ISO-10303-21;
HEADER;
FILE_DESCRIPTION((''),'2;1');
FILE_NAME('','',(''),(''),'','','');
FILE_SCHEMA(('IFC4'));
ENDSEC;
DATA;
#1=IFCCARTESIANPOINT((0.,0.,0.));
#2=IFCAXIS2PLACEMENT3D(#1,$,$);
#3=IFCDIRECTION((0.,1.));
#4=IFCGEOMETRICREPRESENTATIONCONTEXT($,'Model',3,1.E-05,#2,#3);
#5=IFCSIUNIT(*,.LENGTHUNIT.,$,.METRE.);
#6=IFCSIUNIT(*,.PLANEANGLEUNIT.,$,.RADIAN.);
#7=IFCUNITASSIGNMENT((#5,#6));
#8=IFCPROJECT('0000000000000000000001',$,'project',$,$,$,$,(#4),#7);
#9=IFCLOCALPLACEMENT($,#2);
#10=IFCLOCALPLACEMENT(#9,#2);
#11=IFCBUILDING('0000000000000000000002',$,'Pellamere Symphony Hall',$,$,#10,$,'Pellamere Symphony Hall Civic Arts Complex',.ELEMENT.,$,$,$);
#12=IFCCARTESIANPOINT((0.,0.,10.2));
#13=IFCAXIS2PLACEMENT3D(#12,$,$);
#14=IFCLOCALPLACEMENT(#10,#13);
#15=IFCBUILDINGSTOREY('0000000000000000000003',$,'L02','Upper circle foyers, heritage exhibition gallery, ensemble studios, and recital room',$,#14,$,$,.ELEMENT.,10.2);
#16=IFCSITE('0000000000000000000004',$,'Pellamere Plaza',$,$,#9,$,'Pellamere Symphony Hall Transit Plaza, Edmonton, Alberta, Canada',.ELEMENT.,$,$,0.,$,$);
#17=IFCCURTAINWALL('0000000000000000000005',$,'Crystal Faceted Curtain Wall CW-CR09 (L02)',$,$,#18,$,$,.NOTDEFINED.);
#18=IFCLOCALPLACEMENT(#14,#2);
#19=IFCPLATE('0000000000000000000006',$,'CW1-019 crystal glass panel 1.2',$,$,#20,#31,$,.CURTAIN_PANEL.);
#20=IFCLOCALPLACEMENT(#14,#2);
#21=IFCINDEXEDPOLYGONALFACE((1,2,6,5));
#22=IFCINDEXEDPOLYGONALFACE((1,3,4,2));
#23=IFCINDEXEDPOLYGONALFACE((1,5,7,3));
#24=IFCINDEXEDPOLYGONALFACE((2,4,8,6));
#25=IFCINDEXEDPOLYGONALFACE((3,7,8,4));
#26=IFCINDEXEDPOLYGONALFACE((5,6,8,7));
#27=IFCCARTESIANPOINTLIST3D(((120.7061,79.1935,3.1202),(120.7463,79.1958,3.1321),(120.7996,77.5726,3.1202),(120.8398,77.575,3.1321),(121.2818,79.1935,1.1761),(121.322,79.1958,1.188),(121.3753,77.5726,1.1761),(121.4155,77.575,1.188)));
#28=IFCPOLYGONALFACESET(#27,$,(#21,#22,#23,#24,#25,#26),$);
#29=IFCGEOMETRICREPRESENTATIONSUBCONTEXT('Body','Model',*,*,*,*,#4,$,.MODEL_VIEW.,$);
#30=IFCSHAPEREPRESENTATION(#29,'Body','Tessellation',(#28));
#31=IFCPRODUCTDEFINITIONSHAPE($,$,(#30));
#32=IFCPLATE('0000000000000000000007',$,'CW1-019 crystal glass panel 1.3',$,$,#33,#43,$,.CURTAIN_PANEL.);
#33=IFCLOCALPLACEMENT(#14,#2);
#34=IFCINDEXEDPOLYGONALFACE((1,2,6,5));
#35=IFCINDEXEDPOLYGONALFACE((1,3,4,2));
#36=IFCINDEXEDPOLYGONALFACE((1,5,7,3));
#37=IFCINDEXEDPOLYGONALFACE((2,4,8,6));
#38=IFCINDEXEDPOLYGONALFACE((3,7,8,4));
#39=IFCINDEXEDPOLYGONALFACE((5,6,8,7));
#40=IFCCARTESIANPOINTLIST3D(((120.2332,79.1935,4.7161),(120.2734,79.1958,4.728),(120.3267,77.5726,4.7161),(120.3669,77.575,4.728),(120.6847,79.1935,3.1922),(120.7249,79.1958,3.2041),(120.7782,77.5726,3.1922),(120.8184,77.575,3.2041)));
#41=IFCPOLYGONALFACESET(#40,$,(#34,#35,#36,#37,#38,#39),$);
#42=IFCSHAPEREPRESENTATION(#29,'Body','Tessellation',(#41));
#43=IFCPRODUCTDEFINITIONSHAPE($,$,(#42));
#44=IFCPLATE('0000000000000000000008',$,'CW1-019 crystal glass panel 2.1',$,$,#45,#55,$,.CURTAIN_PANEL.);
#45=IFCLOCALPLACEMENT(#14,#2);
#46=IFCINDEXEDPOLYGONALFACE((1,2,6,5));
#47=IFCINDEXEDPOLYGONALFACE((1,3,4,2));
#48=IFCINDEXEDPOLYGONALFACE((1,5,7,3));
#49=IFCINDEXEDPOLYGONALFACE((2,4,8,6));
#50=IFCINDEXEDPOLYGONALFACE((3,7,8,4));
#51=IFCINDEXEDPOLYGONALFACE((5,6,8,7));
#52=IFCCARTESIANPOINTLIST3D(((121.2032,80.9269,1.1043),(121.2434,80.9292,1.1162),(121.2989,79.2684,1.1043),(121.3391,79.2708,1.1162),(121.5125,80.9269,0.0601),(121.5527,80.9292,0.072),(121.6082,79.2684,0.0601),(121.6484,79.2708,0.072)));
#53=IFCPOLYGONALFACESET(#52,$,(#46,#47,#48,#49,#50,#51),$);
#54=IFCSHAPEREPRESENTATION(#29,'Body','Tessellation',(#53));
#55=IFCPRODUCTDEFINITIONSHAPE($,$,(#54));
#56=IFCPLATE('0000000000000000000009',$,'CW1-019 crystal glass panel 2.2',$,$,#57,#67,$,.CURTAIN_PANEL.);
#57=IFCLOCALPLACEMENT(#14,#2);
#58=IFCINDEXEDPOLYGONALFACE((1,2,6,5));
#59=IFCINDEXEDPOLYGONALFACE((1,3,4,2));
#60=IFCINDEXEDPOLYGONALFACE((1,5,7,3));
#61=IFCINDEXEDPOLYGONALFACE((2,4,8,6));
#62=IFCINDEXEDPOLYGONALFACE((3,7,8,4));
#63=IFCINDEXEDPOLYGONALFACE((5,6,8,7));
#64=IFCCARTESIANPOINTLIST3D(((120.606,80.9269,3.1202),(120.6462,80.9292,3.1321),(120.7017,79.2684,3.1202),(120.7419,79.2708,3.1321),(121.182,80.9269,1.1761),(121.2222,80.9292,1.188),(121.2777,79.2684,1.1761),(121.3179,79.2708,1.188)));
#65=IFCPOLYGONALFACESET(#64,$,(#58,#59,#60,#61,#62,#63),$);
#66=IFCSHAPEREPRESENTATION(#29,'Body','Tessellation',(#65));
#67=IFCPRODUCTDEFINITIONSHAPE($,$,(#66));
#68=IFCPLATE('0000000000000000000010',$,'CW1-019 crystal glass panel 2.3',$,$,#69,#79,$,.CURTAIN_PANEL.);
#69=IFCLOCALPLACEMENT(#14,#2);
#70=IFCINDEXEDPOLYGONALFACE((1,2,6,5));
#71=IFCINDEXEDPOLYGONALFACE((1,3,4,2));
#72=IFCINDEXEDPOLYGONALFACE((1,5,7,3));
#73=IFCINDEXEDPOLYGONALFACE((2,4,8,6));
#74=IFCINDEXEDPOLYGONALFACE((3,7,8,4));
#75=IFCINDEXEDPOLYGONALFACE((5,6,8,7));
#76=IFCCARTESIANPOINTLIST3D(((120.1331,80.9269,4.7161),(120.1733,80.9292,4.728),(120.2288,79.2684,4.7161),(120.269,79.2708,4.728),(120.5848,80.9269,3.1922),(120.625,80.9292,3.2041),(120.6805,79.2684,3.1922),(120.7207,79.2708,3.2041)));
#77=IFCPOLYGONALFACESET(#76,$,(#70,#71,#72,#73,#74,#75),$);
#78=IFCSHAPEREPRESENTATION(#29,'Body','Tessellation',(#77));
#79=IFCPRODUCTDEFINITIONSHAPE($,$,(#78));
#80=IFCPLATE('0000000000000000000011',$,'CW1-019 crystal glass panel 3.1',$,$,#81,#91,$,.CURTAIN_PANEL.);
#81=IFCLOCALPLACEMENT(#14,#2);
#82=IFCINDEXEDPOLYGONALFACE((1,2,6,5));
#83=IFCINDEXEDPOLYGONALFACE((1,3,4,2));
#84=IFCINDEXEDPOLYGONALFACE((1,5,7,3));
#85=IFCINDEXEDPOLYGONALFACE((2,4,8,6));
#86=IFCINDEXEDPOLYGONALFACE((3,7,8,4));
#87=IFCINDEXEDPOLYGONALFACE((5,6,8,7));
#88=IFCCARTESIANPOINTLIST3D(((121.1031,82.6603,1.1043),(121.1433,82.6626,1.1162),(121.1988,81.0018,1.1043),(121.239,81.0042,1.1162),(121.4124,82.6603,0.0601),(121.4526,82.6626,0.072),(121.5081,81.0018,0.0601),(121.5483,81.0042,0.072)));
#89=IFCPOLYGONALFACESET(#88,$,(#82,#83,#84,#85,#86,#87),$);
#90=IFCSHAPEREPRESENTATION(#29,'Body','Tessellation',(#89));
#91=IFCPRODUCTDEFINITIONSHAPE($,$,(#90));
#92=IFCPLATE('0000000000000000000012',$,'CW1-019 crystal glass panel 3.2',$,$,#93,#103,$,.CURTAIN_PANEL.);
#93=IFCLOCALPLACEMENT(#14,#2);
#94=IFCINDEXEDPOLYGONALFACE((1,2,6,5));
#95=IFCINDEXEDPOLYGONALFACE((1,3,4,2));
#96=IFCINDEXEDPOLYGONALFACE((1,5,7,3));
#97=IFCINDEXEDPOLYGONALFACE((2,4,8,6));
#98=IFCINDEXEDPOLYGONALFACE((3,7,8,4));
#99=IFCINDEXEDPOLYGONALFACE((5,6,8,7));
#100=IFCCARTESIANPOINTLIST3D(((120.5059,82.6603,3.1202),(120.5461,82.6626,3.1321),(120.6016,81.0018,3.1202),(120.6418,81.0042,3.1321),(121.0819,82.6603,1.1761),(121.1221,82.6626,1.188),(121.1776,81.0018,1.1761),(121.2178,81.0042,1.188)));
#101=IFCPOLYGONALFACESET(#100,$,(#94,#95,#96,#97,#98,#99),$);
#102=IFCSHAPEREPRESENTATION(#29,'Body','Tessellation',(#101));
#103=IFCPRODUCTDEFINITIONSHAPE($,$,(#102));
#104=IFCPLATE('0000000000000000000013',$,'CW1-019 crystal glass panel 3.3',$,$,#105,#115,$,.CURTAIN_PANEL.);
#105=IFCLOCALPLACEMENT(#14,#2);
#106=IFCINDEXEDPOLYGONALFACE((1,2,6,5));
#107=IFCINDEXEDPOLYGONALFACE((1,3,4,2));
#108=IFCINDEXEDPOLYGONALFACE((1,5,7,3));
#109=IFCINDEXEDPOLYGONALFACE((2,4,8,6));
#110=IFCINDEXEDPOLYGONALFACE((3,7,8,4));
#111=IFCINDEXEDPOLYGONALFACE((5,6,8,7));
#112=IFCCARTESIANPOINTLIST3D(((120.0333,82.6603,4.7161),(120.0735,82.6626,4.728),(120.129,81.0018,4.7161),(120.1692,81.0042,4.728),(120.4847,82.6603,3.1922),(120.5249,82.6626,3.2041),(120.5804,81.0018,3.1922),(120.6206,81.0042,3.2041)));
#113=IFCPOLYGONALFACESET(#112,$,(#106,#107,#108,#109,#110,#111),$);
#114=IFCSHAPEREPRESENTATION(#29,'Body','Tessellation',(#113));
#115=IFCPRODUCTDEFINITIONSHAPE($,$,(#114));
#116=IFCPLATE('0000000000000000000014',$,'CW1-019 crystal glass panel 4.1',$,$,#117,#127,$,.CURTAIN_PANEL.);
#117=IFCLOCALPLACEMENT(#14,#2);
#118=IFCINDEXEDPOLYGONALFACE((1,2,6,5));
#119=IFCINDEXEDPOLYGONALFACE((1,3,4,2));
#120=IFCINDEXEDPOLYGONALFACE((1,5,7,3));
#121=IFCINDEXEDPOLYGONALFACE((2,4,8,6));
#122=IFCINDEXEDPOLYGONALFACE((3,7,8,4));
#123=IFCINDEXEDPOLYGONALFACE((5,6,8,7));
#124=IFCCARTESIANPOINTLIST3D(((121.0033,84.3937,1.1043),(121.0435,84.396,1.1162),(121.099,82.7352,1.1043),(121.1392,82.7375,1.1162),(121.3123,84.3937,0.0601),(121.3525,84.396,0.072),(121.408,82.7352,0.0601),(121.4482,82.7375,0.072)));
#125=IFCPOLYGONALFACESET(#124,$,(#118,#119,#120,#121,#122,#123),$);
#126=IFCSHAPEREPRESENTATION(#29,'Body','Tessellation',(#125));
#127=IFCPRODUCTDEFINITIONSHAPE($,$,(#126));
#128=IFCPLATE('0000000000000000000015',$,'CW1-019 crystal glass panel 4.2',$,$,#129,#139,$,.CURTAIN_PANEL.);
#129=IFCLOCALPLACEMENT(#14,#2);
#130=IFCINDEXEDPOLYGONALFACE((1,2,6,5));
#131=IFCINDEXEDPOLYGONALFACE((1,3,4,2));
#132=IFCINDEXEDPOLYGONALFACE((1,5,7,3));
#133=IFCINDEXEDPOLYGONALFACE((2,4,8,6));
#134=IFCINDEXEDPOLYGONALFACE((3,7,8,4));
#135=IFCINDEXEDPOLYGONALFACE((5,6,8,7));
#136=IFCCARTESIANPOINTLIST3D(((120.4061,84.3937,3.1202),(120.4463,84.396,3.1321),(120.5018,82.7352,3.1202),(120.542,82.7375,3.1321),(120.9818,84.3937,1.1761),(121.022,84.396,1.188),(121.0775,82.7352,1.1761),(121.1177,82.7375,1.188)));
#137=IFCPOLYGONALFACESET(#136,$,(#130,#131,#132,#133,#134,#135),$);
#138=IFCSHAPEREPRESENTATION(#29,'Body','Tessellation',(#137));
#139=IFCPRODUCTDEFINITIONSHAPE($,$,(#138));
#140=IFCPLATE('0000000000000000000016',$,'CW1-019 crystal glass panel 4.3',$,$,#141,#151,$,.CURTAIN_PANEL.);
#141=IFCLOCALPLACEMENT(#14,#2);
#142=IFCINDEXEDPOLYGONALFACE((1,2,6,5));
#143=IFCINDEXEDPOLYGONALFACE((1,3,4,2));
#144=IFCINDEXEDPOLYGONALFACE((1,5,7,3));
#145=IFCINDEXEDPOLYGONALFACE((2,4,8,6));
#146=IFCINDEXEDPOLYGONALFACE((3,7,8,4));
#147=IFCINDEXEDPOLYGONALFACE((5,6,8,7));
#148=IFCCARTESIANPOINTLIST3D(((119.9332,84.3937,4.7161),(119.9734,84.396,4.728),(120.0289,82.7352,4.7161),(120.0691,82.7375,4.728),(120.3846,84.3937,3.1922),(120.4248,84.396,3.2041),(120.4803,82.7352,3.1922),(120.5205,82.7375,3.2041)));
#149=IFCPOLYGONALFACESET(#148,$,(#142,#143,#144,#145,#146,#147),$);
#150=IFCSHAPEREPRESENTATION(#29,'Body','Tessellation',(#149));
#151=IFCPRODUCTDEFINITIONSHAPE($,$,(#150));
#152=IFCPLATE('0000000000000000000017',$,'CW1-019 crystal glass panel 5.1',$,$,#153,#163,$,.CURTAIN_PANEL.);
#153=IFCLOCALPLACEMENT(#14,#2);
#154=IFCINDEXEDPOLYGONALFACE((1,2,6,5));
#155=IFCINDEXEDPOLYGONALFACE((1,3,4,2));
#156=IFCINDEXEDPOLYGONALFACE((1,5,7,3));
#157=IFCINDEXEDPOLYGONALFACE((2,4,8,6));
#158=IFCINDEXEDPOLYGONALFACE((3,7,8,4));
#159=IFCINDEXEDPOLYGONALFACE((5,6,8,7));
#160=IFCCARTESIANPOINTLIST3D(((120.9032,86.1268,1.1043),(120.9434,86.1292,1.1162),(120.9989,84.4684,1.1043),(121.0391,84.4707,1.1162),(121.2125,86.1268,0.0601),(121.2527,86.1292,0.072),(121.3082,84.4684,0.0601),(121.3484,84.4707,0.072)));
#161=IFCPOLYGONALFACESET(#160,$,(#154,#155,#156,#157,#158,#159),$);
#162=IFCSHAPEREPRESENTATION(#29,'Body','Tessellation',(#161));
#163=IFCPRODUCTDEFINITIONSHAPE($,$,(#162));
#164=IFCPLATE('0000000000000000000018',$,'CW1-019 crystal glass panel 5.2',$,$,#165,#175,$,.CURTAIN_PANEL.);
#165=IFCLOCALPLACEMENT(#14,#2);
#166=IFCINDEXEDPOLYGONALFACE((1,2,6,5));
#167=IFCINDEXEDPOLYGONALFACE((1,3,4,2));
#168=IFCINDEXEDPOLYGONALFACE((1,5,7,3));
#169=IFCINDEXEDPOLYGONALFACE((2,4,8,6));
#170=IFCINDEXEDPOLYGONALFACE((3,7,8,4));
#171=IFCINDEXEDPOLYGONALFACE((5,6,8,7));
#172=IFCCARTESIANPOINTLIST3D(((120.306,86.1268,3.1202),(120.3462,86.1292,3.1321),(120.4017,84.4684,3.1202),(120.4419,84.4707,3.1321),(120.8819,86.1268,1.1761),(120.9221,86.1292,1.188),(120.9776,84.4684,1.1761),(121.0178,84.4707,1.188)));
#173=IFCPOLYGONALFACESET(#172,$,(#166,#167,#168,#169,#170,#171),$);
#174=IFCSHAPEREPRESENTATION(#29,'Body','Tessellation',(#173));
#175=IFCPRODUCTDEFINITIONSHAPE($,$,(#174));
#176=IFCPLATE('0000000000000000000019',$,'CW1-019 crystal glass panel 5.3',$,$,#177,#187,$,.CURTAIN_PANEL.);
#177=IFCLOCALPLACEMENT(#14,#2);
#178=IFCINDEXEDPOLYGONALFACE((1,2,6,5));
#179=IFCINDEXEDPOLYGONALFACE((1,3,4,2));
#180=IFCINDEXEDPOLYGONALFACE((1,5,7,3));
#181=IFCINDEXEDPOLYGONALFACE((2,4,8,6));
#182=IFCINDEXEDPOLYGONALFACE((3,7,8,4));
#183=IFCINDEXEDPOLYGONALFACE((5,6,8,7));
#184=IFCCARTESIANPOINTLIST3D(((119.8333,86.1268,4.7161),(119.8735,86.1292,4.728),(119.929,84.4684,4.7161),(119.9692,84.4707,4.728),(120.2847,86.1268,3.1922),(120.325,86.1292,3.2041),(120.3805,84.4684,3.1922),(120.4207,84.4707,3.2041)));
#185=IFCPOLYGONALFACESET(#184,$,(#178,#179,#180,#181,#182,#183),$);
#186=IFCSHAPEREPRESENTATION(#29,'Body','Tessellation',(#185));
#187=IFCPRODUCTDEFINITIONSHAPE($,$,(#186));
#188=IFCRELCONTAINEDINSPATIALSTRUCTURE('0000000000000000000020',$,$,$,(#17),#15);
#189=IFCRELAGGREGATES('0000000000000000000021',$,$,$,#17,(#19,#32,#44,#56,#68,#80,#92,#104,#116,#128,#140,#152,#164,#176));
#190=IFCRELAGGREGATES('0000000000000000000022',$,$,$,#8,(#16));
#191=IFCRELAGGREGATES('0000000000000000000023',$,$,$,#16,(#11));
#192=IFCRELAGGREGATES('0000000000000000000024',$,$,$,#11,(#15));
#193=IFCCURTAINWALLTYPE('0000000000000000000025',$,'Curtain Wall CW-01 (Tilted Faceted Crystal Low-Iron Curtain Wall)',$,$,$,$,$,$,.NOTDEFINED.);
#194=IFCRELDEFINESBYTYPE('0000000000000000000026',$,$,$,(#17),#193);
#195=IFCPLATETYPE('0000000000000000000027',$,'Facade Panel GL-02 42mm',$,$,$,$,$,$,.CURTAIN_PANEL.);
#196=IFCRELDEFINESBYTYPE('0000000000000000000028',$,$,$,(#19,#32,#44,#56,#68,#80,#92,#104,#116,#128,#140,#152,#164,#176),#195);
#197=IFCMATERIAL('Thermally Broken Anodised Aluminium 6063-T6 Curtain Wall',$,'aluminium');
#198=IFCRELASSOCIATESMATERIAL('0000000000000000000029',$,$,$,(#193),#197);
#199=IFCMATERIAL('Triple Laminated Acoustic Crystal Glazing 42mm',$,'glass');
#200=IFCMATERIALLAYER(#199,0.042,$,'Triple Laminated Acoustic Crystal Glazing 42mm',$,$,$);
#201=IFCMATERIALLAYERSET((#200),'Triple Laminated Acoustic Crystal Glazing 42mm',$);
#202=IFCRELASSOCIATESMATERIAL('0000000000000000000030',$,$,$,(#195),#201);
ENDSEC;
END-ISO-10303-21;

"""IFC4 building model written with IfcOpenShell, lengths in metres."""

from ifc_helpers import new_model, si_unit, direction, frame, origin, place, context, subcontext, project, spatial, polyline, outline, extrude, material, layer, layer_set, type_object, element, aggregate, save


model = new_model("IFC4")

# Units and contexts
model_context = context("Model", 3, precision=1e-05, world=origin(), true_north=direction((0.0, 1.0)))
body_context = subcontext(model_context, "Body", "Model", "MODEL_VIEW")
ifc_project = project(units=[si_unit("LENGTHUNIT", "METRE"), si_unit("PLANEANGLEUNIT", "RADIAN")], contexts=[model_context])

# Site, building, storey
site_placement = place(None, origin())
site = spatial("IfcSite", under=ifc_project, at=site_placement, Name="Pellamere Plaza", LongName="Pellamere Symphony Hall Transit Plaza, Edmonton, Alberta, Canada", CompositionType="ELEMENT", RefElevation=0.0)
building_placement = place(site_placement, origin())
building = spatial("IfcBuilding", under=site, at=building_placement, Name="Pellamere Symphony Hall", LongName="Pellamere Symphony Hall Civic Arts Complex", CompositionType="ELEMENT")
storey_placement = place(building_placement, frame((0.0, 0.0, 10.2)))
storey = spatial("IfcBuildingStorey", under=building, at=storey_placement, Name="L02", Description="Upper circle foyers, heritage exhibition gallery, ensemble studios, and recital room", CompositionType="ELEMENT", Elevation=10.2)

# Curtain wall, plates
ifc_material_1 = material(Name="Thermally Broken Anodised Aluminium 6063-T6 Curtain Wall", Category="aluminium")
curtain_wall_type = type_object("IfcCurtainWallType", Name="Curtain Wall CW-01 (Tilted Faceted Crystal Low-Iron Curtain Wall)", PredefinedType="NOTDEFINED", material=ifc_material_1)
curtain_wall_placement = place(storey_placement, origin())
curtain_wall = element("IfcCurtainWall", 1, at=curtain_wall_placement, inside=storey, type_object=curtain_wall_type, Name="Crystal Faceted Curtain Wall CW-CR09 (L02)", PredefinedType="NOTDEFINED")
ifc_material_2 = material(Name="Triple Laminated Acoustic Crystal Glazing 42mm", Category="glass")
ifc_layer_1 = layer(ifc_material_2, 0.042, Name="Triple Laminated Acoustic Crystal Glazing 42mm")
ifc_layer_set_1 = layer_set([ifc_layer_1], Name="Triple Laminated Acoustic Crystal Glazing 42mm")
plate_type_1 = type_object("IfcPlateType", Name="Facade Panel GL-02 42mm", PredefinedType="CURTAIN_PANEL", material=ifc_layer_set_1)
plate_1_placement = place(storey_placement, frame((121.4155, 77.575, 1.188), z_axis=(0.957381, 0.055231, 0.283499), x_axis=(-0.057594, 0.99834, 0.0)))
plate_1 = element("IfcPlate", 2, at=plate_1_placement, type_object=plate_type_1, Name="CW1-019 crystal glass panel 1.2", PredefinedType="CURTAIN_PANEL", context=body_context, shape_type="SweptSolid", body=[
    extrude(outline(polyline([(0.0, 0.0), (1.6235, 0.0), (1.6567, 2.0273), (0.0332, 2.0273), (0.0, 0.0)])), origin(), (0.0, 0.0, -1.0), 0.042),
])
plate_2_placement = place(storey_placement, frame((120.8184, 77.575, 3.2041), z_axis=(0.957355, 0.055229, 0.283587), x_axis=(-0.057594, 0.99834, 0.0)))
plate_2 = element("IfcPlate", 3, at=plate_2_placement, type_object=plate_type_1, Name="CW1-019 crystal glass panel 1.3", PredefinedType="CURTAIN_PANEL", context=body_context, shape_type="SweptSolid", body=[
    extrude(outline(polyline([(0.0, 0.0), (1.6235, 0.0), (1.6495, 1.5892), (0.026, 1.5892), (0.0, 0.0)])), origin(), (0.0, 0.0, -1.0), 0.042),
])
plate_3_placement = place(storey_placement, frame((121.6484, 79.2708, 0.072), z_axis=(0.95735, 0.055245, 0.283601), x_axis=(-0.057611, 0.998339, 0.0)))
plate_3 = element("IfcPlate", 4, at=plate_3_placement, type_object=plate_type_1, Name="CW1-019 crystal glass panel 2.1", PredefinedType="CURTAIN_PANEL", context=body_context, shape_type="SweptSolid", body=[
    extrude(outline(polyline([(0.0, 0.0), (1.6612, 0.0), (1.679, 1.0889), (0.0178, 1.0889), (0.0, 0.0)])), origin(), (0.0, 0.0, -1.0), 0.042),
])
plate_4_placement = place(storey_placement, frame((121.3179, 79.2708, 1.188), z_axis=(0.957347, 0.055245, 0.283609), x_axis=(-0.057611, 0.998339, 0.0)))
plate_4 = element("IfcPlate", 5, at=plate_4_placement, type_object=plate_type_1, Name="CW1-019 crystal glass panel 2.2", PredefinedType="CURTAIN_PANEL", context=body_context, shape_type="SweptSolid", body=[
    extrude(outline(polyline([(0.0, 0.0), (1.6612, 0.0), (1.6944, 2.0273), (0.0332, 2.0273), (0.0, 0.0)])), origin(), (0.0, 0.0, -1.0), 0.042),
])
plate_5_placement = place(storey_placement, frame((120.7207, 79.2708, 3.2041), z_axis=(0.957312, 0.055243, 0.283728), x_axis=(-0.057611, 0.998339, 0.0)))
plate_5 = element("IfcPlate", 6, at=plate_5_placement, type_object=plate_type_1, Name="CW1-019 crystal glass panel 2.3", PredefinedType="CURTAIN_PANEL", context=body_context, shape_type="SweptSolid", body=[
    extrude(outline(polyline([(0.0, 0.0), (1.6612, 0.0), (1.6872, 1.5892), (0.026, 1.5892), (0.0, 0.0)])), origin(), (0.0, 0.0, -1.0), 0.042),
])
plate_6_placement = place(storey_placement, frame((121.5483, 81.0042, 0.072), z_axis=(0.95735, 0.055245, 0.283601), x_axis=(-0.057611, 0.998339, 0.0)))
plate_6 = element("IfcPlate", 7, at=plate_6_placement, type_object=plate_type_1, Name="CW1-019 crystal glass panel 3.1", PredefinedType="CURTAIN_PANEL", context=body_context, shape_type="SweptSolid", body=[
    extrude(outline(polyline([(0.0, 0.0), (1.6612, 0.0), (1.679, 1.0889), (0.0178, 1.0889), (0.0, 0.0)])), origin(), (0.0, 0.0, -1.0), 0.042),
])
plate_7_placement = place(storey_placement, frame((121.2178, 81.0042, 1.188), z_axis=(0.957347, 0.055245, 0.283609), x_axis=(-0.057611, 0.998339, 0.0)))
plate_7 = element("IfcPlate", 8, at=plate_7_placement, type_object=plate_type_1, Name="CW1-019 crystal glass panel 3.2", PredefinedType="CURTAIN_PANEL", context=body_context, shape_type="SweptSolid", body=[
    extrude(outline(polyline([(0.0, 0.0), (1.6612, 0.0), (1.6944, 2.0273), (0.0332, 2.0273), (0.0, 0.0)])), origin(), (0.0, 0.0, -1.0), 0.042),
])
plate_8_placement = place(storey_placement, frame((120.6206, 81.0042, 3.2041), z_axis=(0.957354, 0.055246, 0.283587), x_axis=(-0.057611, 0.998339, 0.0)))
plate_8 = element("IfcPlate", 9, at=plate_8_placement, type_object=plate_type_1, Name="CW1-019 crystal glass panel 3.3", PredefinedType="CURTAIN_PANEL", context=body_context, shape_type="SweptSolid", body=[
    extrude(outline(polyline([(0.0, 0.0), (1.6612, 0.0), (1.6872, 1.5892), (0.026, 1.5892), (0.0, 0.0)])), origin(), (0.0, 0.0, -1.0), 0.042),
])
plate_9_placement = place(storey_placement, frame((121.4482, 82.7375, 0.072), z_axis=(0.95741, 0.055249, 0.283395), x_axis=(-0.057611, 0.998339, 0.0)))
plate_9 = element("IfcPlate", 10, at=plate_9_placement, type_object=plate_type_1, Name="CW1-019 crystal glass panel 4.1", PredefinedType="CURTAIN_PANEL", context=body_context, shape_type="SweptSolid", body=[
    extrude(outline(polyline([(0.0, 0.0), (1.6612, 0.0), (1.679, 1.0888), (0.0178, 1.0888), (0.0, 0.0)])), origin(), (0.0, 0.0, -1.0), 0.042),
])
plate_10_placement = place(storey_placement, frame((121.1177, 82.7375, 1.188), z_axis=(0.95738, 0.055247, 0.283499), x_axis=(-0.057611, 0.998339, 0.0)))
plate_10 = element("IfcPlate", 11, at=plate_10_placement, type_object=plate_type_1, Name="CW1-019 crystal glass panel 4.2", PredefinedType="CURTAIN_PANEL", context=body_context, shape_type="SweptSolid", body=[
    extrude(outline(polyline([(0.0, 0.0), (1.6612, 0.0), (1.6944, 2.0273), (0.0332, 2.0273), (0.0, 0.0)])), origin(), (0.0, 0.0, -1.0), 0.042),
])
plate_11_placement = place(storey_placement, frame((120.5205, 82.7375, 3.2041), z_axis=(0.957354, 0.055246, 0.283587), x_axis=(-0.057611, 0.998339, 0.0)))
plate_11 = element("IfcPlate", 12, at=plate_11_placement, type_object=plate_type_1, Name="CW1-019 crystal glass panel 4.3", PredefinedType="CURTAIN_PANEL", context=body_context, shape_type="SweptSolid", body=[
    extrude(outline(polyline([(0.0, 0.0), (1.6612, 0.0), (1.6872, 1.5892), (0.026, 1.5892), (0.0, 0.0)])), origin(), (0.0, 0.0, -1.0), 0.042),
])
plate_12_placement = place(storey_placement, frame((121.3484, 84.4707, 0.072), z_axis=(0.95735, 0.055245, 0.283601), x_axis=(-0.057611, 0.998339, 0.0)))
plate_12 = element("IfcPlate", 13, at=plate_12_placement, type_object=plate_type_1, Name="CW1-019 crystal glass panel 5.1", PredefinedType="CURTAIN_PANEL", context=body_context, shape_type="SweptSolid", body=[
    extrude(outline(polyline([(0.0, 0.0), (1.6612, 0.0), (1.679, 1.0889), (0.0178, 1.0889), (0.0, 0.0)])), origin(), (0.0, 0.0, -1.0), 0.042),
])
plate_13_placement = place(storey_placement, frame((121.0178, 84.4707, 1.188), z_axis=(0.957347, 0.055245, 0.283609), x_axis=(-0.057611, 0.998339, 0.0)))
plate_13 = element("IfcPlate", 14, at=plate_13_placement, type_object=plate_type_1, Name="CW1-019 crystal glass panel 5.2", PredefinedType="CURTAIN_PANEL", context=body_context, shape_type="SweptSolid", body=[
    extrude(outline(polyline([(0.0, 0.0), (1.6612, 0.0), (1.6944, 2.0273), (0.0332, 2.0273), (0.0, 0.0)])), origin(), (0.0, 0.0, -1.0), 0.042),
])
plate_14_placement = place(storey_placement, frame((120.4207, 84.4707, 3.2041), z_axis=(0.957354, 0.055246, 0.283587), x_axis=(-0.057611, 0.998339, 0.0)))
plate_14 = element("IfcPlate", 15, at=plate_14_placement, type_object=plate_type_1, Name="CW1-019 crystal glass panel 5.3", PredefinedType="CURTAIN_PANEL", context=body_context, shape_type="SweptSolid", body=[
    extrude(outline(polyline([(0.0, 0.0), (1.6612, 0.0), (1.6872, 1.5892), (0.026, 1.5892), (0.0, 0.0)])), origin(), (0.0, 0.0, -1.0), 0.042),
])
aggregate(curtain_wall, [plate_1, plate_2, plate_3, plate_4, plate_5, plate_6, plate_7, plate_8, plate_9, plate_10, plate_11, plate_12, plate_13, plate_14])

save(model, "model.ifc")
